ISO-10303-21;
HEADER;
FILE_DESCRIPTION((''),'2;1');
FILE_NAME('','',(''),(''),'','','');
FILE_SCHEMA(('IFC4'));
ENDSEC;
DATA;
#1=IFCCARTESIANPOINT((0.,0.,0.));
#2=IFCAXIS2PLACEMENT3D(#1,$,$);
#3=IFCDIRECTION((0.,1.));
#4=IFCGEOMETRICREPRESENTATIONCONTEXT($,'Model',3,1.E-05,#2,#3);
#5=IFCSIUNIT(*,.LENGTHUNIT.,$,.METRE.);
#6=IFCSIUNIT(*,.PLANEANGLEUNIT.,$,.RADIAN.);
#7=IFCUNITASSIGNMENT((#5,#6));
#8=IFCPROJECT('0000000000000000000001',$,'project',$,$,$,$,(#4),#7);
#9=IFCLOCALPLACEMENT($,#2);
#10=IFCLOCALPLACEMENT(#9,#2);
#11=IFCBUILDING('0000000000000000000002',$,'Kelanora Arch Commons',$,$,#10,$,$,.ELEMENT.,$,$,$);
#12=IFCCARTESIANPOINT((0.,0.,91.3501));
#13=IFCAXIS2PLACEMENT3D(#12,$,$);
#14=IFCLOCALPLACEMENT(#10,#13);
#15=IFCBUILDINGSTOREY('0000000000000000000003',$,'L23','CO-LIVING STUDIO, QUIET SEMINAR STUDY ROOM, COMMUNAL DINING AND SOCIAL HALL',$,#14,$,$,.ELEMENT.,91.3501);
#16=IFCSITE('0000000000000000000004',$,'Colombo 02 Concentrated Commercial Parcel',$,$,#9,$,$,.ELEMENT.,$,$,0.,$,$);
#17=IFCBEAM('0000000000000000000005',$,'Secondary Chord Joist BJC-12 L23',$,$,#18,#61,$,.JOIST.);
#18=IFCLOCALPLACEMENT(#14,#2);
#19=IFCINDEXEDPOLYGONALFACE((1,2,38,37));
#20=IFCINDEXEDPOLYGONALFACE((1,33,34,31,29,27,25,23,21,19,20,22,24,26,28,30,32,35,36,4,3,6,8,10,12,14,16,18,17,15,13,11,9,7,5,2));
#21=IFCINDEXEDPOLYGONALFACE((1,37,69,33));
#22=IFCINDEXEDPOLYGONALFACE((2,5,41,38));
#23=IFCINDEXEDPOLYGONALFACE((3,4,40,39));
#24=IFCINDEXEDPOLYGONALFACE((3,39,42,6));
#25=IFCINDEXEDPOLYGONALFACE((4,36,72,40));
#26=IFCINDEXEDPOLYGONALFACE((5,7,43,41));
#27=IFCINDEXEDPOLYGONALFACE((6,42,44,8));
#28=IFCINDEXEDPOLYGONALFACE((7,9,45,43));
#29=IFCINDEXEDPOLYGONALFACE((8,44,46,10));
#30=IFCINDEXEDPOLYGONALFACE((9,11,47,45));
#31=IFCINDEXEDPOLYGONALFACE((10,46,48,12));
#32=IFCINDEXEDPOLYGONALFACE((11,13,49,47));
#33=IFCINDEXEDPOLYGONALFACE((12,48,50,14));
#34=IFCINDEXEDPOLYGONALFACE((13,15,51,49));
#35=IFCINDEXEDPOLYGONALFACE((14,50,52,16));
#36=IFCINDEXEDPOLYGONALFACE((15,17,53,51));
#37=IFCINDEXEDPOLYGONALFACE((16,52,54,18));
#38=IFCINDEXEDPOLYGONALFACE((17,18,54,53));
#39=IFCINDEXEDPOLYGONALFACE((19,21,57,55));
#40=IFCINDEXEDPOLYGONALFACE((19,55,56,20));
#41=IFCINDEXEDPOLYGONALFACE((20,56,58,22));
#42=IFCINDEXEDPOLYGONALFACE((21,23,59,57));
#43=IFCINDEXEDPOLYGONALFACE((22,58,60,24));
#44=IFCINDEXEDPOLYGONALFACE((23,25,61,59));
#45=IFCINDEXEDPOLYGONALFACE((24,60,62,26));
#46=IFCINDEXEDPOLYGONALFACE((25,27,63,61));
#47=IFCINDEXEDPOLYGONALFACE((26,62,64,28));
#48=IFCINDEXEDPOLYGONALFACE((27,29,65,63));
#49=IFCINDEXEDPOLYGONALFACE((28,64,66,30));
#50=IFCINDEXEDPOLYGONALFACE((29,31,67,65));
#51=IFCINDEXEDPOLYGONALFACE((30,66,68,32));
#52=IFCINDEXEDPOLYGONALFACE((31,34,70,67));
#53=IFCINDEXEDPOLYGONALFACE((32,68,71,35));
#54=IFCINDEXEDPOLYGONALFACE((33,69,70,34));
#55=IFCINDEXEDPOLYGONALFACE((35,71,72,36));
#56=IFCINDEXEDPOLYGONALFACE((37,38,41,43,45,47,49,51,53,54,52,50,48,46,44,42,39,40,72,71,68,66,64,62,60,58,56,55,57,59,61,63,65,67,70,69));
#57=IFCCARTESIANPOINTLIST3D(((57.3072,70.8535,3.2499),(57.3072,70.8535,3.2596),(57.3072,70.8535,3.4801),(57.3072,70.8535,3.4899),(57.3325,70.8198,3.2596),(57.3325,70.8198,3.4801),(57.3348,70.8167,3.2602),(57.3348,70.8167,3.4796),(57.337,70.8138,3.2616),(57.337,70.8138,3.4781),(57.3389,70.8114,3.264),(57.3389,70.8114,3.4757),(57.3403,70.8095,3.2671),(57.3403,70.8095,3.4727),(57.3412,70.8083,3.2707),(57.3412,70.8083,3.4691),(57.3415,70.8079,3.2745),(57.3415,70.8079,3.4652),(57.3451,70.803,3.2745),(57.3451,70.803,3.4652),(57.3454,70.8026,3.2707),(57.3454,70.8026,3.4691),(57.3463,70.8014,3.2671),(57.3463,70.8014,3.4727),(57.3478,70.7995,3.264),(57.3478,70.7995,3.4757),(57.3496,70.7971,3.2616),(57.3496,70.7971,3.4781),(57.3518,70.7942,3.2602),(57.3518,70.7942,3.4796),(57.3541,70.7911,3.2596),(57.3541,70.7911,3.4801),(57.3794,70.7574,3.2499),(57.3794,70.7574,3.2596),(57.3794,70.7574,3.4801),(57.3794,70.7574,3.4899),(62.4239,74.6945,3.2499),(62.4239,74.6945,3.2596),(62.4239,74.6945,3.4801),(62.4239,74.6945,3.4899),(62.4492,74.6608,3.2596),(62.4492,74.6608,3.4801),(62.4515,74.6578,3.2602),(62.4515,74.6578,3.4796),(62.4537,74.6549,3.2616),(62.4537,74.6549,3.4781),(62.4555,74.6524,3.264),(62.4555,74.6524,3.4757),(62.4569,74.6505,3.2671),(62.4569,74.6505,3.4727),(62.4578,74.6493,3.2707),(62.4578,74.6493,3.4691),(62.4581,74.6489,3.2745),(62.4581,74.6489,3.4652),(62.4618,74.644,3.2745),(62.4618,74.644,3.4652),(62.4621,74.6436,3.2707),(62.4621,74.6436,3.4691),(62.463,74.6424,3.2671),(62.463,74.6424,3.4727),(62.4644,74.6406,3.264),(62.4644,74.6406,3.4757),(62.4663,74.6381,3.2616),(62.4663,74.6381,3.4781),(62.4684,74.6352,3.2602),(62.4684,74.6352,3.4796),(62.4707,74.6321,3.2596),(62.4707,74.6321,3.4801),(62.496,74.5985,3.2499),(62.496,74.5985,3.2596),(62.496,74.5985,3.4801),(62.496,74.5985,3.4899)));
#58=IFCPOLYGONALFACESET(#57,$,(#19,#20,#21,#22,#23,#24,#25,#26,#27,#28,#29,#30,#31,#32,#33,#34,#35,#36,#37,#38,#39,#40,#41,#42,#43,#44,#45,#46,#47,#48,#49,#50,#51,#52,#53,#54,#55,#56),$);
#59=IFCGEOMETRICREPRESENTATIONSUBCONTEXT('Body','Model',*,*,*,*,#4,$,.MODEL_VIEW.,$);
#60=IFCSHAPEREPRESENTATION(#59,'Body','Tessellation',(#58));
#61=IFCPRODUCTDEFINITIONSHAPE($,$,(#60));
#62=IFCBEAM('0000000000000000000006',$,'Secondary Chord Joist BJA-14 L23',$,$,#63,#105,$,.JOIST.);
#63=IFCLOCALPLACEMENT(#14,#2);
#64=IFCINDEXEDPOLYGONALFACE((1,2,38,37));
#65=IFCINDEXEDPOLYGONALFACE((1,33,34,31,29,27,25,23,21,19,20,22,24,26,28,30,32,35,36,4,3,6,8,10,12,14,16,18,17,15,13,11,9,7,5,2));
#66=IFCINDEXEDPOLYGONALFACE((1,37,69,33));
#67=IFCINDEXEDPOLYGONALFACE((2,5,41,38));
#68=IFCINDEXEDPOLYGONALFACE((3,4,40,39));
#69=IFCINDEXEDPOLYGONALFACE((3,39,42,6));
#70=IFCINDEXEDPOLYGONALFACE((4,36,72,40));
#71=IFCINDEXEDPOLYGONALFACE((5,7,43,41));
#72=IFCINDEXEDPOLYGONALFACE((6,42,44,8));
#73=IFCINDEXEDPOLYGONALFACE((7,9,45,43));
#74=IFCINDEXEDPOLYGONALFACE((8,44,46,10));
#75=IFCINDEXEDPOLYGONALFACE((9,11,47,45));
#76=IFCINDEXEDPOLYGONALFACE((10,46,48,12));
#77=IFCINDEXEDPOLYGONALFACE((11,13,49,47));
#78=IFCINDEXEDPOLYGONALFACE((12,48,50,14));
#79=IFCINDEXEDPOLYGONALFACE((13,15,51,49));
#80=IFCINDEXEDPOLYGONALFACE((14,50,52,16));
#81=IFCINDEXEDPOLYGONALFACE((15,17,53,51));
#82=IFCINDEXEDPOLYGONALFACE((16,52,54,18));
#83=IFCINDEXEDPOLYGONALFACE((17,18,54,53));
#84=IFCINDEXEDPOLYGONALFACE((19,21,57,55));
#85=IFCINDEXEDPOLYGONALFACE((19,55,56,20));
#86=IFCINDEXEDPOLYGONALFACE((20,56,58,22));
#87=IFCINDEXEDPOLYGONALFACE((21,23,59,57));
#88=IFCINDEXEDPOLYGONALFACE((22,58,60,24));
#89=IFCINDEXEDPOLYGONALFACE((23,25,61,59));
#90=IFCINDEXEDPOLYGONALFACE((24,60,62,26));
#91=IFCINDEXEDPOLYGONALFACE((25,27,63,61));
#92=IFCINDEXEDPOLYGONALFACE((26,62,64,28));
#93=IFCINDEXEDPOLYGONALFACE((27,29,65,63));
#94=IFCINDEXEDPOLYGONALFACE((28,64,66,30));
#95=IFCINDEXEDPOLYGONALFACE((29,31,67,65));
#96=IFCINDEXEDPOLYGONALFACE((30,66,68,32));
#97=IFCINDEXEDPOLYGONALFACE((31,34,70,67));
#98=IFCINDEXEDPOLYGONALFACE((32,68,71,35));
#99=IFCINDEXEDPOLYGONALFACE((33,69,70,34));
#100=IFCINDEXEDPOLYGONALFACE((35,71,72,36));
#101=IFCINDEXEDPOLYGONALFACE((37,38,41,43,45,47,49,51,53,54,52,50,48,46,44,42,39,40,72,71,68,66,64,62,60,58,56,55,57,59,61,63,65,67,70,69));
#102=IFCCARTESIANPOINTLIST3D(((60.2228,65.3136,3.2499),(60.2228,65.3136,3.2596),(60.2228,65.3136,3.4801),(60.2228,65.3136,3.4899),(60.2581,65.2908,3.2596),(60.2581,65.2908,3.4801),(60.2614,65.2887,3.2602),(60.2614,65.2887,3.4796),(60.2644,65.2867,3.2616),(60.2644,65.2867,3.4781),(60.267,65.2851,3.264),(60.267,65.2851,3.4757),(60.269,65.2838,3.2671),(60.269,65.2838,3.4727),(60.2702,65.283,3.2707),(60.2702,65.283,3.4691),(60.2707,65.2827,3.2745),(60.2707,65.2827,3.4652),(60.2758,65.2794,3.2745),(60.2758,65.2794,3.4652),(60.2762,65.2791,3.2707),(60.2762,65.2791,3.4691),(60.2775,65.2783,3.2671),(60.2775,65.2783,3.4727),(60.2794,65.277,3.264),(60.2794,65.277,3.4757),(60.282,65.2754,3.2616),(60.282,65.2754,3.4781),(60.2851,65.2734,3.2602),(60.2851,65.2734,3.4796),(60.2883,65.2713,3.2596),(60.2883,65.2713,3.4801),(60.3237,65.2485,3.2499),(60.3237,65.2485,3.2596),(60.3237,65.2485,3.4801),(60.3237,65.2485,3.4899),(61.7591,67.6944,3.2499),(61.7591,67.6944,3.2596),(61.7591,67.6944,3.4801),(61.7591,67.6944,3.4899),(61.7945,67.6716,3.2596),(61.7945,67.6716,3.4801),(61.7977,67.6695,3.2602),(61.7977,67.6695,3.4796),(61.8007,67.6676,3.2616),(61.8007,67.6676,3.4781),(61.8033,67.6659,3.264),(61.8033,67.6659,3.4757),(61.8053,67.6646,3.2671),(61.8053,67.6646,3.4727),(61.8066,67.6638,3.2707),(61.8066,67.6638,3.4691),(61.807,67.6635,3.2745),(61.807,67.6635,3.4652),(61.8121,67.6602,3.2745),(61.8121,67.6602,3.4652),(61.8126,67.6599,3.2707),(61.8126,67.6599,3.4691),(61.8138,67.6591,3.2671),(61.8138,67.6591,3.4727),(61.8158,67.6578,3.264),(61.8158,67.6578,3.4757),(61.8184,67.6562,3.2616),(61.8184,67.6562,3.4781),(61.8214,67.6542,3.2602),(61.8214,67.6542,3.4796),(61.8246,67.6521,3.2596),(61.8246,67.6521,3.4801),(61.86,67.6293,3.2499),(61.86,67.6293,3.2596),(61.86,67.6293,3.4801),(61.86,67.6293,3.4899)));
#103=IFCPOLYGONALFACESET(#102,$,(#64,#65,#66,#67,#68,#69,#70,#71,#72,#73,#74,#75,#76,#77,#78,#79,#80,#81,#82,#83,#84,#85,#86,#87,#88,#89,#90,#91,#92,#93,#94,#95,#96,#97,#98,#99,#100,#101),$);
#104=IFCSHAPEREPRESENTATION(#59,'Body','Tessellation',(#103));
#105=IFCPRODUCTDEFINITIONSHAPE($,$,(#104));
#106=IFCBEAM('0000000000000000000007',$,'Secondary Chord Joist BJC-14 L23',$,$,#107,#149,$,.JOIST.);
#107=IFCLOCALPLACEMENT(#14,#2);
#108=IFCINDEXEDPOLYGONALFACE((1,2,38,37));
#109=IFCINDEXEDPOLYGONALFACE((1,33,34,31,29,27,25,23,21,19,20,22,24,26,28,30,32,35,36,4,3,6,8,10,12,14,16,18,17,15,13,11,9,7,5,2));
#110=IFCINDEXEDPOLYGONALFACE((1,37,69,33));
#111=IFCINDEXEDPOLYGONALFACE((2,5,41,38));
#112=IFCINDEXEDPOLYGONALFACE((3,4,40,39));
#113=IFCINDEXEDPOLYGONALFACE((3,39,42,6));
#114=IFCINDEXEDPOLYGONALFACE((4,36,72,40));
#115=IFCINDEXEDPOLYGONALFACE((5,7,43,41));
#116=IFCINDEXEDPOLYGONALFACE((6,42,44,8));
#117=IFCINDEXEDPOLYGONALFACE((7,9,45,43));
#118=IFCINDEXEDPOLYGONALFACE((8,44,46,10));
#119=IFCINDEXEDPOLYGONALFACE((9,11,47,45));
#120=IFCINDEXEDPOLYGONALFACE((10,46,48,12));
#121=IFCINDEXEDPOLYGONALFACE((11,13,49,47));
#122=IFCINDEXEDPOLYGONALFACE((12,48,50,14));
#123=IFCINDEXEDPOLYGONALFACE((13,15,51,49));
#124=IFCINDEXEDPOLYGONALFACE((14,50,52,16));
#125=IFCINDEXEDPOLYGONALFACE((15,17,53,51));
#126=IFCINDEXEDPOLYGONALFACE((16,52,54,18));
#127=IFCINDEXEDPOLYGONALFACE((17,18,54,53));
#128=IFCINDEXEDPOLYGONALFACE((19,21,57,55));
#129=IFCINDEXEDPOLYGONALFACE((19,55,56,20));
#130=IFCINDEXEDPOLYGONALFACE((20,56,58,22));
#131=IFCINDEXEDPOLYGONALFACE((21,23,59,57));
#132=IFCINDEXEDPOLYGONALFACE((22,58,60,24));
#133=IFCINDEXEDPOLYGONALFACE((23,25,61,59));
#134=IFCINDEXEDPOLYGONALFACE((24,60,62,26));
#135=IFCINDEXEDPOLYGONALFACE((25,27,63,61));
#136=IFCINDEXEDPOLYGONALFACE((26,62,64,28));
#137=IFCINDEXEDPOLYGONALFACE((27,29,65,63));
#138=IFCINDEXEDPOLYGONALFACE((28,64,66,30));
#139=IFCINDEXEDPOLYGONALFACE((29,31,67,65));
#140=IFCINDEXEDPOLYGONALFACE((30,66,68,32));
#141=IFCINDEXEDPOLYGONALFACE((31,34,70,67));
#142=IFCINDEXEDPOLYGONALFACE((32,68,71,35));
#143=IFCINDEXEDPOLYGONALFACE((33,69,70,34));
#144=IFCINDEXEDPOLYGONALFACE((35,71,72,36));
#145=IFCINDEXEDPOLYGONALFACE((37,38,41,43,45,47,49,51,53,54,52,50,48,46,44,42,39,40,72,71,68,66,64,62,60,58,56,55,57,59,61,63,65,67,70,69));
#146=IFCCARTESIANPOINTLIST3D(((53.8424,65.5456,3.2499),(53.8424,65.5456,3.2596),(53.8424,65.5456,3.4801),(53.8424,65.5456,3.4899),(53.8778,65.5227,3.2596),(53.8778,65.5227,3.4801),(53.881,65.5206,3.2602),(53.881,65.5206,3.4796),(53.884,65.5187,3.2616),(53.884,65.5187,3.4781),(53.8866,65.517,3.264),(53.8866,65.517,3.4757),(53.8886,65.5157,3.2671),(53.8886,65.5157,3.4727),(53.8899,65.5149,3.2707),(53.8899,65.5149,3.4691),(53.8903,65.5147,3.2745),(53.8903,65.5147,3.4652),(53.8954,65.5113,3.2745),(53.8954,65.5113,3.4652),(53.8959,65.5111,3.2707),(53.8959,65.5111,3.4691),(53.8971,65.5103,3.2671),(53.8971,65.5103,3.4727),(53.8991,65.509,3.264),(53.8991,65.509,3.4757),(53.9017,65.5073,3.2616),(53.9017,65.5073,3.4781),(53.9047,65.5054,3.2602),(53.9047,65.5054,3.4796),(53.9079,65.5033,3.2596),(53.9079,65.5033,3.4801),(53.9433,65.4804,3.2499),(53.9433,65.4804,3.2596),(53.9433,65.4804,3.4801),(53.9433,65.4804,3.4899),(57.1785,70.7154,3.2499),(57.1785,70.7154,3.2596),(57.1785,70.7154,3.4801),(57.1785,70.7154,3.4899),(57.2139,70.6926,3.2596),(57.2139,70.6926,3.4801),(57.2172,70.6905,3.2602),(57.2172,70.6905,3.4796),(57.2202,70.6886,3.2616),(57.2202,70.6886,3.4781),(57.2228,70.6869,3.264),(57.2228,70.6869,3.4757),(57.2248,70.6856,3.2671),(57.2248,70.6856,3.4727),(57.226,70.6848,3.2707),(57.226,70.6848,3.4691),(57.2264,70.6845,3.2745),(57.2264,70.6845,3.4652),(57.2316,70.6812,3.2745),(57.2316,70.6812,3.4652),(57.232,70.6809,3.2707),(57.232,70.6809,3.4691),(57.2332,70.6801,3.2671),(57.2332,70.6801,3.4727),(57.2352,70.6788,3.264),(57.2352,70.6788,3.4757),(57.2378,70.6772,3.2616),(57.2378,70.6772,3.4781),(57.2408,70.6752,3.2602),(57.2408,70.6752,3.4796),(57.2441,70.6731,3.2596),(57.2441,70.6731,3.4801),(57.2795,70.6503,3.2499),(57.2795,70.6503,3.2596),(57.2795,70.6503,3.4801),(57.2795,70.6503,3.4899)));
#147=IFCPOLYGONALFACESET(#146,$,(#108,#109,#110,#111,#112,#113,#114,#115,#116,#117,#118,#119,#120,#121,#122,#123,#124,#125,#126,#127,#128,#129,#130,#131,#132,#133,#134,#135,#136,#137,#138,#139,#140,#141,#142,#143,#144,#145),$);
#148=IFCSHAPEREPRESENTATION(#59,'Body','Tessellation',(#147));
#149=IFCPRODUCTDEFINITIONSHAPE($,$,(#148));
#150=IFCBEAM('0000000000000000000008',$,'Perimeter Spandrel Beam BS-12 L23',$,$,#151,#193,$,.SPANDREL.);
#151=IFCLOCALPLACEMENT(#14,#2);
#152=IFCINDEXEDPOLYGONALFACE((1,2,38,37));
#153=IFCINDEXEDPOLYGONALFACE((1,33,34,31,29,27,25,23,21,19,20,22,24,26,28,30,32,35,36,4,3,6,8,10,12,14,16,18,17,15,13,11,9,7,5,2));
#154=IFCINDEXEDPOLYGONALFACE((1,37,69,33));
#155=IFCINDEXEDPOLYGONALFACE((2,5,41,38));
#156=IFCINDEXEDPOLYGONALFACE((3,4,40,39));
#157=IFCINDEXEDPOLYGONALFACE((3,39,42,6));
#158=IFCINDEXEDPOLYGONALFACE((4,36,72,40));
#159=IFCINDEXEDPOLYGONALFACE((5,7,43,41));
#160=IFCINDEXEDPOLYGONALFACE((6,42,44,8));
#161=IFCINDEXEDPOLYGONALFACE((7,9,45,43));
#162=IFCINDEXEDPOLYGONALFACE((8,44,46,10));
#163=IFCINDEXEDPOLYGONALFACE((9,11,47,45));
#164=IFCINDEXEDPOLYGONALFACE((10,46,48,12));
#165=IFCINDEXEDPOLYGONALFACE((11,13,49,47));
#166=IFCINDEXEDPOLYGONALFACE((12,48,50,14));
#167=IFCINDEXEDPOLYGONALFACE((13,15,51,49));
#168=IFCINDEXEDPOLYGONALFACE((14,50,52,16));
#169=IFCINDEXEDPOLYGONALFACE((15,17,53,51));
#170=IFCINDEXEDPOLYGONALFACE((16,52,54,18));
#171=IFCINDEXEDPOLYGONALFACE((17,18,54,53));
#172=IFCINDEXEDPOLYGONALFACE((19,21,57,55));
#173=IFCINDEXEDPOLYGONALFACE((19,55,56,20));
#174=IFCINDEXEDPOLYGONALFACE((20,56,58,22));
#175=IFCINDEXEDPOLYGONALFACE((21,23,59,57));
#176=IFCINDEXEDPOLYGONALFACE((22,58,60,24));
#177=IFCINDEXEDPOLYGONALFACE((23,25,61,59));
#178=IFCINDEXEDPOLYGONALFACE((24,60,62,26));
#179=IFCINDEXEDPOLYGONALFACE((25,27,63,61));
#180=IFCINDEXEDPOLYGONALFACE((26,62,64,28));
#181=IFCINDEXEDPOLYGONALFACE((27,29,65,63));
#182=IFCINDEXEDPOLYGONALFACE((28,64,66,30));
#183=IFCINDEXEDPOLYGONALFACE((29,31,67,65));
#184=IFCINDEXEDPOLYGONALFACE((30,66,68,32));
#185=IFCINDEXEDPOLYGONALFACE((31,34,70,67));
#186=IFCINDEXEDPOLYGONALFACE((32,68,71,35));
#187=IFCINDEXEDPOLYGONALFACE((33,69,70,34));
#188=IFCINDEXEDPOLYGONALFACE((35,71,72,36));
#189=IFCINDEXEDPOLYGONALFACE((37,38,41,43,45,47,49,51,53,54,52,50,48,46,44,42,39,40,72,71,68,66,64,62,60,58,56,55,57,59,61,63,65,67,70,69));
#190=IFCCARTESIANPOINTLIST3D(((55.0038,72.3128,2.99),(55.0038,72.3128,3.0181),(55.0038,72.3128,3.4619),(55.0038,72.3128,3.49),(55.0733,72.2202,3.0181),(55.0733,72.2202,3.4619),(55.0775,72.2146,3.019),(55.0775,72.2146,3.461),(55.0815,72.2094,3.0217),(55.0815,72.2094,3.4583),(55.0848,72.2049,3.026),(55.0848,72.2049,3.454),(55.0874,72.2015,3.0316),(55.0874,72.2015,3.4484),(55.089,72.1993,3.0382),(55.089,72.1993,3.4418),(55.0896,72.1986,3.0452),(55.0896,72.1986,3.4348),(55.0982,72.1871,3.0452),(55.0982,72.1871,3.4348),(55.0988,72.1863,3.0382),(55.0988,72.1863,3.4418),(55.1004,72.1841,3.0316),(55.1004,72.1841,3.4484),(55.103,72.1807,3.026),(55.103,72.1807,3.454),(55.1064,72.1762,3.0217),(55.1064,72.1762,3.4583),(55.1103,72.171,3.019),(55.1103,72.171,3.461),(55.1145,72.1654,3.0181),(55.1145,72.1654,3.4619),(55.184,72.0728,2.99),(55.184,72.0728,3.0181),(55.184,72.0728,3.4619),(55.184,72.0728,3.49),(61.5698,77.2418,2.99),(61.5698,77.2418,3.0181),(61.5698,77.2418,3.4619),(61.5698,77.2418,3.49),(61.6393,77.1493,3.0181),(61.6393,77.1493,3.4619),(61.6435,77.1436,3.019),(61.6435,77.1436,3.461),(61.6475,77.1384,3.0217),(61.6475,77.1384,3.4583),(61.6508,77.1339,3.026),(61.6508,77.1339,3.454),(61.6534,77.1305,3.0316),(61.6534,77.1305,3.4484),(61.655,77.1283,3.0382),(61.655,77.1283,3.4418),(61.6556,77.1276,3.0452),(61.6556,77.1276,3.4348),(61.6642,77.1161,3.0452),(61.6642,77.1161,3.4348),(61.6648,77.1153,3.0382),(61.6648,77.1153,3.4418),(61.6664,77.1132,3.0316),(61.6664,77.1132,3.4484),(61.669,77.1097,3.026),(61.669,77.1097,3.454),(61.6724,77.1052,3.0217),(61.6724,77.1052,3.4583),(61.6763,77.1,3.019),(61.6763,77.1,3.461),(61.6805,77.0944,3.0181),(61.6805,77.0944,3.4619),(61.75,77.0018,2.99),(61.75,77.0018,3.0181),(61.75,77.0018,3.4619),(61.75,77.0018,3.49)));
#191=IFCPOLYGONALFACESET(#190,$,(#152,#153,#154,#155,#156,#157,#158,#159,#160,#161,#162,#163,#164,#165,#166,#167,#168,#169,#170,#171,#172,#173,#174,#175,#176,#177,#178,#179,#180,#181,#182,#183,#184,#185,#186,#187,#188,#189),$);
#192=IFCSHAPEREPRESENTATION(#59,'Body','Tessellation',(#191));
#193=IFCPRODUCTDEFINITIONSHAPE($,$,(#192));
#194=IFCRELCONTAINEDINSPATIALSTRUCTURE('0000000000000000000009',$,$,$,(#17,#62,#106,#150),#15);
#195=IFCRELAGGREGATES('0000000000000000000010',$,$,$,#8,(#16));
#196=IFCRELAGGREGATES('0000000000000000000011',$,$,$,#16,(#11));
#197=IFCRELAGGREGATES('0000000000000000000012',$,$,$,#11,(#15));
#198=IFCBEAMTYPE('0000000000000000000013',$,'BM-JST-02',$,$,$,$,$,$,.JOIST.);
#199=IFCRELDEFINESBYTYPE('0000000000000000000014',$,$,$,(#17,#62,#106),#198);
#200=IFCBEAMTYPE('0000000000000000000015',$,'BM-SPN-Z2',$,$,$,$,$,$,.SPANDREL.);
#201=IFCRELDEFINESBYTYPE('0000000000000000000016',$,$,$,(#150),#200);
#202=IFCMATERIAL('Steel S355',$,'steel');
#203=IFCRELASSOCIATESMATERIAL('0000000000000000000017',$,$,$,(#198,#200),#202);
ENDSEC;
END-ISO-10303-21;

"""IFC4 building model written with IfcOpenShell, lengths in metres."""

from ifc_helpers import new_model, si_unit, direction, frame, origin, origin_2d, place, context, subcontext, project, spatial, i_section, extrude, material, material_profile, profile_set, type_object, element, save


model = new_model("IFC4")

# Units and contexts
model_context = context("Model", 3, precision=1e-05, world=origin(), true_north=direction((0.0, 1.0)))
body_context = subcontext(model_context, "Body", "Model", "MODEL_VIEW")
ifc_project = project(units=[si_unit("LENGTHUNIT", "METRE"), si_unit("PLANEANGLEUNIT", "RADIAN")], contexts=[model_context])

# Site, building, storey
site_placement = place(None, origin())
site = spatial("IfcSite", under=ifc_project, at=site_placement, Name="Colombo 02 Concentrated Commercial Parcel", CompositionType="ELEMENT", RefElevation=0.0)
building_placement = place(site_placement, origin())
building = spatial("IfcBuilding", under=site, at=building_placement, Name="Kelanora Arch Commons", CompositionType="ELEMENT")
storey_placement = place(building_placement, frame((0.0, 0.0, 91.3501)))
storey = spatial("IfcBuildingStorey", under=building, at=storey_placement, Name="L23", Description="CO-LIVING STUDIO, QUIET SEMINAR STUDY ROOM, COMMUNAL DINING AND SOCIAL HALL", CompositionType="ELEMENT", Elevation=91.3501)

# Beams
ifc_material_1 = material(Name="Steel S355", Category="steel")
ifc_material_profile_1 = material_profile(ifc_material_1, i_section(OverallWidth=0.1201, OverallDepth=0.24, WebThickness=0.0061, FlangeThickness=0.0098, FilletRadius=0.0149, at=origin_2d()), Name="IPE240")
ifc_profile_set_1 = profile_set([ifc_material_profile_1], Name="Steel S355")
beam_type_1 = type_object("IfcBeamType", Name="BM-JST-02", PredefinedType="JOIST", material=ifc_profile_set_1)
beam_1_placement = place(storey_placement, frame((62.46, 74.6465, 3.3699), z_axis=(-0.799734, -0.600354, 0.0), x_axis=(0.600354, -0.799734, 0.0)))
element("IfcBeam", 1, at=beam_1_placement, inside=storey, type_object=beam_type_1, Name="Secondary Chord Joist BJC-12 L23", PredefinedType="JOIST", context=body_context, shape_type="SweptSolid", body=[
    extrude(i_section(OverallWidth=0.1201, OverallDepth=0.24, WebThickness=0.0061, FlangeThickness=0.0098, FilletRadius=0.0149, at=origin_2d()), origin(), (0.0, 0.0, 1.0), 6.3979),
])
beam_2_placement = place(storey_placement, frame((61.8096, 67.6619, 3.3699), z_axis=(-0.542211, -0.840242, 0.0), x_axis=(0.840242, -0.542211, 0.0)))
element("IfcBeam", 2, at=beam_2_placement, inside=storey, type_object=beam_type_1, Name="Secondary Chord Joist BJA-14 L23", PredefinedType="JOIST", context=body_context, shape_type="SweptSolid", body=[
    extrude(i_section(OverallWidth=0.1201, OverallDepth=0.24, WebThickness=0.0061, FlangeThickness=0.0098, FilletRadius=0.0149, at=origin_2d()), origin(), (0.0, 0.0, 1.0), 2.8335),
])
beam_3_placement = place(storey_placement, frame((57.229, 70.6829, 3.3699), z_axis=(-0.542213, -0.840241, 0.0), x_axis=(0.840241, -0.542213, 0.0)))
element("IfcBeam", 3, at=beam_3_placement, inside=storey, type_object=beam_type_1, Name="Secondary Chord Joist BJC-14 L23", PredefinedType="JOIST", context=body_context, shape_type="SweptSolid", body=[
    extrude(i_section(OverallWidth=0.1201, OverallDepth=0.24, WebThickness=0.0061, FlangeThickness=0.0098, FilletRadius=0.0149, at=origin_2d()), origin(), (0.0, 0.0, 1.0), 6.1528),
])
ifc_material_profile_2 = material_profile(ifc_material_1, i_section(OverallWidth=0.3, OverallDepth=0.5, WebThickness=0.0144, FlangeThickness=0.0281, FilletRadius=0.0271, at=origin_2d()), Name="HEB500")
ifc_profile_set_2 = profile_set([ifc_material_profile_2], Name="Steel S355")
beam_type_2 = type_object("IfcBeamType", Name="BM-SPN-Z2", PredefinedType="SPANDREL", material=ifc_profile_set_2)
beam_4_placement = place(storey_placement, frame((61.6599, 77.1218, 3.24), z_axis=(-0.799736, -0.600352, 0.0), x_axis=(0.600352, -0.799736, 0.0)))
element("IfcBeam", 4, at=beam_4_placement, inside=storey, type_object=beam_type_2, Name="Perimeter Spandrel Beam BS-12 L23", PredefinedType="SPANDREL", context=body_context, shape_type="SweptSolid", body=[
    extrude(i_section(OverallWidth=0.3, OverallDepth=0.5, WebThickness=0.0144, FlangeThickness=0.0281, FilletRadius=0.0271, at=origin_2d()), origin(), (0.0, 0.0, 1.0), 8.2102),
])

save(model, "model.ifc")
